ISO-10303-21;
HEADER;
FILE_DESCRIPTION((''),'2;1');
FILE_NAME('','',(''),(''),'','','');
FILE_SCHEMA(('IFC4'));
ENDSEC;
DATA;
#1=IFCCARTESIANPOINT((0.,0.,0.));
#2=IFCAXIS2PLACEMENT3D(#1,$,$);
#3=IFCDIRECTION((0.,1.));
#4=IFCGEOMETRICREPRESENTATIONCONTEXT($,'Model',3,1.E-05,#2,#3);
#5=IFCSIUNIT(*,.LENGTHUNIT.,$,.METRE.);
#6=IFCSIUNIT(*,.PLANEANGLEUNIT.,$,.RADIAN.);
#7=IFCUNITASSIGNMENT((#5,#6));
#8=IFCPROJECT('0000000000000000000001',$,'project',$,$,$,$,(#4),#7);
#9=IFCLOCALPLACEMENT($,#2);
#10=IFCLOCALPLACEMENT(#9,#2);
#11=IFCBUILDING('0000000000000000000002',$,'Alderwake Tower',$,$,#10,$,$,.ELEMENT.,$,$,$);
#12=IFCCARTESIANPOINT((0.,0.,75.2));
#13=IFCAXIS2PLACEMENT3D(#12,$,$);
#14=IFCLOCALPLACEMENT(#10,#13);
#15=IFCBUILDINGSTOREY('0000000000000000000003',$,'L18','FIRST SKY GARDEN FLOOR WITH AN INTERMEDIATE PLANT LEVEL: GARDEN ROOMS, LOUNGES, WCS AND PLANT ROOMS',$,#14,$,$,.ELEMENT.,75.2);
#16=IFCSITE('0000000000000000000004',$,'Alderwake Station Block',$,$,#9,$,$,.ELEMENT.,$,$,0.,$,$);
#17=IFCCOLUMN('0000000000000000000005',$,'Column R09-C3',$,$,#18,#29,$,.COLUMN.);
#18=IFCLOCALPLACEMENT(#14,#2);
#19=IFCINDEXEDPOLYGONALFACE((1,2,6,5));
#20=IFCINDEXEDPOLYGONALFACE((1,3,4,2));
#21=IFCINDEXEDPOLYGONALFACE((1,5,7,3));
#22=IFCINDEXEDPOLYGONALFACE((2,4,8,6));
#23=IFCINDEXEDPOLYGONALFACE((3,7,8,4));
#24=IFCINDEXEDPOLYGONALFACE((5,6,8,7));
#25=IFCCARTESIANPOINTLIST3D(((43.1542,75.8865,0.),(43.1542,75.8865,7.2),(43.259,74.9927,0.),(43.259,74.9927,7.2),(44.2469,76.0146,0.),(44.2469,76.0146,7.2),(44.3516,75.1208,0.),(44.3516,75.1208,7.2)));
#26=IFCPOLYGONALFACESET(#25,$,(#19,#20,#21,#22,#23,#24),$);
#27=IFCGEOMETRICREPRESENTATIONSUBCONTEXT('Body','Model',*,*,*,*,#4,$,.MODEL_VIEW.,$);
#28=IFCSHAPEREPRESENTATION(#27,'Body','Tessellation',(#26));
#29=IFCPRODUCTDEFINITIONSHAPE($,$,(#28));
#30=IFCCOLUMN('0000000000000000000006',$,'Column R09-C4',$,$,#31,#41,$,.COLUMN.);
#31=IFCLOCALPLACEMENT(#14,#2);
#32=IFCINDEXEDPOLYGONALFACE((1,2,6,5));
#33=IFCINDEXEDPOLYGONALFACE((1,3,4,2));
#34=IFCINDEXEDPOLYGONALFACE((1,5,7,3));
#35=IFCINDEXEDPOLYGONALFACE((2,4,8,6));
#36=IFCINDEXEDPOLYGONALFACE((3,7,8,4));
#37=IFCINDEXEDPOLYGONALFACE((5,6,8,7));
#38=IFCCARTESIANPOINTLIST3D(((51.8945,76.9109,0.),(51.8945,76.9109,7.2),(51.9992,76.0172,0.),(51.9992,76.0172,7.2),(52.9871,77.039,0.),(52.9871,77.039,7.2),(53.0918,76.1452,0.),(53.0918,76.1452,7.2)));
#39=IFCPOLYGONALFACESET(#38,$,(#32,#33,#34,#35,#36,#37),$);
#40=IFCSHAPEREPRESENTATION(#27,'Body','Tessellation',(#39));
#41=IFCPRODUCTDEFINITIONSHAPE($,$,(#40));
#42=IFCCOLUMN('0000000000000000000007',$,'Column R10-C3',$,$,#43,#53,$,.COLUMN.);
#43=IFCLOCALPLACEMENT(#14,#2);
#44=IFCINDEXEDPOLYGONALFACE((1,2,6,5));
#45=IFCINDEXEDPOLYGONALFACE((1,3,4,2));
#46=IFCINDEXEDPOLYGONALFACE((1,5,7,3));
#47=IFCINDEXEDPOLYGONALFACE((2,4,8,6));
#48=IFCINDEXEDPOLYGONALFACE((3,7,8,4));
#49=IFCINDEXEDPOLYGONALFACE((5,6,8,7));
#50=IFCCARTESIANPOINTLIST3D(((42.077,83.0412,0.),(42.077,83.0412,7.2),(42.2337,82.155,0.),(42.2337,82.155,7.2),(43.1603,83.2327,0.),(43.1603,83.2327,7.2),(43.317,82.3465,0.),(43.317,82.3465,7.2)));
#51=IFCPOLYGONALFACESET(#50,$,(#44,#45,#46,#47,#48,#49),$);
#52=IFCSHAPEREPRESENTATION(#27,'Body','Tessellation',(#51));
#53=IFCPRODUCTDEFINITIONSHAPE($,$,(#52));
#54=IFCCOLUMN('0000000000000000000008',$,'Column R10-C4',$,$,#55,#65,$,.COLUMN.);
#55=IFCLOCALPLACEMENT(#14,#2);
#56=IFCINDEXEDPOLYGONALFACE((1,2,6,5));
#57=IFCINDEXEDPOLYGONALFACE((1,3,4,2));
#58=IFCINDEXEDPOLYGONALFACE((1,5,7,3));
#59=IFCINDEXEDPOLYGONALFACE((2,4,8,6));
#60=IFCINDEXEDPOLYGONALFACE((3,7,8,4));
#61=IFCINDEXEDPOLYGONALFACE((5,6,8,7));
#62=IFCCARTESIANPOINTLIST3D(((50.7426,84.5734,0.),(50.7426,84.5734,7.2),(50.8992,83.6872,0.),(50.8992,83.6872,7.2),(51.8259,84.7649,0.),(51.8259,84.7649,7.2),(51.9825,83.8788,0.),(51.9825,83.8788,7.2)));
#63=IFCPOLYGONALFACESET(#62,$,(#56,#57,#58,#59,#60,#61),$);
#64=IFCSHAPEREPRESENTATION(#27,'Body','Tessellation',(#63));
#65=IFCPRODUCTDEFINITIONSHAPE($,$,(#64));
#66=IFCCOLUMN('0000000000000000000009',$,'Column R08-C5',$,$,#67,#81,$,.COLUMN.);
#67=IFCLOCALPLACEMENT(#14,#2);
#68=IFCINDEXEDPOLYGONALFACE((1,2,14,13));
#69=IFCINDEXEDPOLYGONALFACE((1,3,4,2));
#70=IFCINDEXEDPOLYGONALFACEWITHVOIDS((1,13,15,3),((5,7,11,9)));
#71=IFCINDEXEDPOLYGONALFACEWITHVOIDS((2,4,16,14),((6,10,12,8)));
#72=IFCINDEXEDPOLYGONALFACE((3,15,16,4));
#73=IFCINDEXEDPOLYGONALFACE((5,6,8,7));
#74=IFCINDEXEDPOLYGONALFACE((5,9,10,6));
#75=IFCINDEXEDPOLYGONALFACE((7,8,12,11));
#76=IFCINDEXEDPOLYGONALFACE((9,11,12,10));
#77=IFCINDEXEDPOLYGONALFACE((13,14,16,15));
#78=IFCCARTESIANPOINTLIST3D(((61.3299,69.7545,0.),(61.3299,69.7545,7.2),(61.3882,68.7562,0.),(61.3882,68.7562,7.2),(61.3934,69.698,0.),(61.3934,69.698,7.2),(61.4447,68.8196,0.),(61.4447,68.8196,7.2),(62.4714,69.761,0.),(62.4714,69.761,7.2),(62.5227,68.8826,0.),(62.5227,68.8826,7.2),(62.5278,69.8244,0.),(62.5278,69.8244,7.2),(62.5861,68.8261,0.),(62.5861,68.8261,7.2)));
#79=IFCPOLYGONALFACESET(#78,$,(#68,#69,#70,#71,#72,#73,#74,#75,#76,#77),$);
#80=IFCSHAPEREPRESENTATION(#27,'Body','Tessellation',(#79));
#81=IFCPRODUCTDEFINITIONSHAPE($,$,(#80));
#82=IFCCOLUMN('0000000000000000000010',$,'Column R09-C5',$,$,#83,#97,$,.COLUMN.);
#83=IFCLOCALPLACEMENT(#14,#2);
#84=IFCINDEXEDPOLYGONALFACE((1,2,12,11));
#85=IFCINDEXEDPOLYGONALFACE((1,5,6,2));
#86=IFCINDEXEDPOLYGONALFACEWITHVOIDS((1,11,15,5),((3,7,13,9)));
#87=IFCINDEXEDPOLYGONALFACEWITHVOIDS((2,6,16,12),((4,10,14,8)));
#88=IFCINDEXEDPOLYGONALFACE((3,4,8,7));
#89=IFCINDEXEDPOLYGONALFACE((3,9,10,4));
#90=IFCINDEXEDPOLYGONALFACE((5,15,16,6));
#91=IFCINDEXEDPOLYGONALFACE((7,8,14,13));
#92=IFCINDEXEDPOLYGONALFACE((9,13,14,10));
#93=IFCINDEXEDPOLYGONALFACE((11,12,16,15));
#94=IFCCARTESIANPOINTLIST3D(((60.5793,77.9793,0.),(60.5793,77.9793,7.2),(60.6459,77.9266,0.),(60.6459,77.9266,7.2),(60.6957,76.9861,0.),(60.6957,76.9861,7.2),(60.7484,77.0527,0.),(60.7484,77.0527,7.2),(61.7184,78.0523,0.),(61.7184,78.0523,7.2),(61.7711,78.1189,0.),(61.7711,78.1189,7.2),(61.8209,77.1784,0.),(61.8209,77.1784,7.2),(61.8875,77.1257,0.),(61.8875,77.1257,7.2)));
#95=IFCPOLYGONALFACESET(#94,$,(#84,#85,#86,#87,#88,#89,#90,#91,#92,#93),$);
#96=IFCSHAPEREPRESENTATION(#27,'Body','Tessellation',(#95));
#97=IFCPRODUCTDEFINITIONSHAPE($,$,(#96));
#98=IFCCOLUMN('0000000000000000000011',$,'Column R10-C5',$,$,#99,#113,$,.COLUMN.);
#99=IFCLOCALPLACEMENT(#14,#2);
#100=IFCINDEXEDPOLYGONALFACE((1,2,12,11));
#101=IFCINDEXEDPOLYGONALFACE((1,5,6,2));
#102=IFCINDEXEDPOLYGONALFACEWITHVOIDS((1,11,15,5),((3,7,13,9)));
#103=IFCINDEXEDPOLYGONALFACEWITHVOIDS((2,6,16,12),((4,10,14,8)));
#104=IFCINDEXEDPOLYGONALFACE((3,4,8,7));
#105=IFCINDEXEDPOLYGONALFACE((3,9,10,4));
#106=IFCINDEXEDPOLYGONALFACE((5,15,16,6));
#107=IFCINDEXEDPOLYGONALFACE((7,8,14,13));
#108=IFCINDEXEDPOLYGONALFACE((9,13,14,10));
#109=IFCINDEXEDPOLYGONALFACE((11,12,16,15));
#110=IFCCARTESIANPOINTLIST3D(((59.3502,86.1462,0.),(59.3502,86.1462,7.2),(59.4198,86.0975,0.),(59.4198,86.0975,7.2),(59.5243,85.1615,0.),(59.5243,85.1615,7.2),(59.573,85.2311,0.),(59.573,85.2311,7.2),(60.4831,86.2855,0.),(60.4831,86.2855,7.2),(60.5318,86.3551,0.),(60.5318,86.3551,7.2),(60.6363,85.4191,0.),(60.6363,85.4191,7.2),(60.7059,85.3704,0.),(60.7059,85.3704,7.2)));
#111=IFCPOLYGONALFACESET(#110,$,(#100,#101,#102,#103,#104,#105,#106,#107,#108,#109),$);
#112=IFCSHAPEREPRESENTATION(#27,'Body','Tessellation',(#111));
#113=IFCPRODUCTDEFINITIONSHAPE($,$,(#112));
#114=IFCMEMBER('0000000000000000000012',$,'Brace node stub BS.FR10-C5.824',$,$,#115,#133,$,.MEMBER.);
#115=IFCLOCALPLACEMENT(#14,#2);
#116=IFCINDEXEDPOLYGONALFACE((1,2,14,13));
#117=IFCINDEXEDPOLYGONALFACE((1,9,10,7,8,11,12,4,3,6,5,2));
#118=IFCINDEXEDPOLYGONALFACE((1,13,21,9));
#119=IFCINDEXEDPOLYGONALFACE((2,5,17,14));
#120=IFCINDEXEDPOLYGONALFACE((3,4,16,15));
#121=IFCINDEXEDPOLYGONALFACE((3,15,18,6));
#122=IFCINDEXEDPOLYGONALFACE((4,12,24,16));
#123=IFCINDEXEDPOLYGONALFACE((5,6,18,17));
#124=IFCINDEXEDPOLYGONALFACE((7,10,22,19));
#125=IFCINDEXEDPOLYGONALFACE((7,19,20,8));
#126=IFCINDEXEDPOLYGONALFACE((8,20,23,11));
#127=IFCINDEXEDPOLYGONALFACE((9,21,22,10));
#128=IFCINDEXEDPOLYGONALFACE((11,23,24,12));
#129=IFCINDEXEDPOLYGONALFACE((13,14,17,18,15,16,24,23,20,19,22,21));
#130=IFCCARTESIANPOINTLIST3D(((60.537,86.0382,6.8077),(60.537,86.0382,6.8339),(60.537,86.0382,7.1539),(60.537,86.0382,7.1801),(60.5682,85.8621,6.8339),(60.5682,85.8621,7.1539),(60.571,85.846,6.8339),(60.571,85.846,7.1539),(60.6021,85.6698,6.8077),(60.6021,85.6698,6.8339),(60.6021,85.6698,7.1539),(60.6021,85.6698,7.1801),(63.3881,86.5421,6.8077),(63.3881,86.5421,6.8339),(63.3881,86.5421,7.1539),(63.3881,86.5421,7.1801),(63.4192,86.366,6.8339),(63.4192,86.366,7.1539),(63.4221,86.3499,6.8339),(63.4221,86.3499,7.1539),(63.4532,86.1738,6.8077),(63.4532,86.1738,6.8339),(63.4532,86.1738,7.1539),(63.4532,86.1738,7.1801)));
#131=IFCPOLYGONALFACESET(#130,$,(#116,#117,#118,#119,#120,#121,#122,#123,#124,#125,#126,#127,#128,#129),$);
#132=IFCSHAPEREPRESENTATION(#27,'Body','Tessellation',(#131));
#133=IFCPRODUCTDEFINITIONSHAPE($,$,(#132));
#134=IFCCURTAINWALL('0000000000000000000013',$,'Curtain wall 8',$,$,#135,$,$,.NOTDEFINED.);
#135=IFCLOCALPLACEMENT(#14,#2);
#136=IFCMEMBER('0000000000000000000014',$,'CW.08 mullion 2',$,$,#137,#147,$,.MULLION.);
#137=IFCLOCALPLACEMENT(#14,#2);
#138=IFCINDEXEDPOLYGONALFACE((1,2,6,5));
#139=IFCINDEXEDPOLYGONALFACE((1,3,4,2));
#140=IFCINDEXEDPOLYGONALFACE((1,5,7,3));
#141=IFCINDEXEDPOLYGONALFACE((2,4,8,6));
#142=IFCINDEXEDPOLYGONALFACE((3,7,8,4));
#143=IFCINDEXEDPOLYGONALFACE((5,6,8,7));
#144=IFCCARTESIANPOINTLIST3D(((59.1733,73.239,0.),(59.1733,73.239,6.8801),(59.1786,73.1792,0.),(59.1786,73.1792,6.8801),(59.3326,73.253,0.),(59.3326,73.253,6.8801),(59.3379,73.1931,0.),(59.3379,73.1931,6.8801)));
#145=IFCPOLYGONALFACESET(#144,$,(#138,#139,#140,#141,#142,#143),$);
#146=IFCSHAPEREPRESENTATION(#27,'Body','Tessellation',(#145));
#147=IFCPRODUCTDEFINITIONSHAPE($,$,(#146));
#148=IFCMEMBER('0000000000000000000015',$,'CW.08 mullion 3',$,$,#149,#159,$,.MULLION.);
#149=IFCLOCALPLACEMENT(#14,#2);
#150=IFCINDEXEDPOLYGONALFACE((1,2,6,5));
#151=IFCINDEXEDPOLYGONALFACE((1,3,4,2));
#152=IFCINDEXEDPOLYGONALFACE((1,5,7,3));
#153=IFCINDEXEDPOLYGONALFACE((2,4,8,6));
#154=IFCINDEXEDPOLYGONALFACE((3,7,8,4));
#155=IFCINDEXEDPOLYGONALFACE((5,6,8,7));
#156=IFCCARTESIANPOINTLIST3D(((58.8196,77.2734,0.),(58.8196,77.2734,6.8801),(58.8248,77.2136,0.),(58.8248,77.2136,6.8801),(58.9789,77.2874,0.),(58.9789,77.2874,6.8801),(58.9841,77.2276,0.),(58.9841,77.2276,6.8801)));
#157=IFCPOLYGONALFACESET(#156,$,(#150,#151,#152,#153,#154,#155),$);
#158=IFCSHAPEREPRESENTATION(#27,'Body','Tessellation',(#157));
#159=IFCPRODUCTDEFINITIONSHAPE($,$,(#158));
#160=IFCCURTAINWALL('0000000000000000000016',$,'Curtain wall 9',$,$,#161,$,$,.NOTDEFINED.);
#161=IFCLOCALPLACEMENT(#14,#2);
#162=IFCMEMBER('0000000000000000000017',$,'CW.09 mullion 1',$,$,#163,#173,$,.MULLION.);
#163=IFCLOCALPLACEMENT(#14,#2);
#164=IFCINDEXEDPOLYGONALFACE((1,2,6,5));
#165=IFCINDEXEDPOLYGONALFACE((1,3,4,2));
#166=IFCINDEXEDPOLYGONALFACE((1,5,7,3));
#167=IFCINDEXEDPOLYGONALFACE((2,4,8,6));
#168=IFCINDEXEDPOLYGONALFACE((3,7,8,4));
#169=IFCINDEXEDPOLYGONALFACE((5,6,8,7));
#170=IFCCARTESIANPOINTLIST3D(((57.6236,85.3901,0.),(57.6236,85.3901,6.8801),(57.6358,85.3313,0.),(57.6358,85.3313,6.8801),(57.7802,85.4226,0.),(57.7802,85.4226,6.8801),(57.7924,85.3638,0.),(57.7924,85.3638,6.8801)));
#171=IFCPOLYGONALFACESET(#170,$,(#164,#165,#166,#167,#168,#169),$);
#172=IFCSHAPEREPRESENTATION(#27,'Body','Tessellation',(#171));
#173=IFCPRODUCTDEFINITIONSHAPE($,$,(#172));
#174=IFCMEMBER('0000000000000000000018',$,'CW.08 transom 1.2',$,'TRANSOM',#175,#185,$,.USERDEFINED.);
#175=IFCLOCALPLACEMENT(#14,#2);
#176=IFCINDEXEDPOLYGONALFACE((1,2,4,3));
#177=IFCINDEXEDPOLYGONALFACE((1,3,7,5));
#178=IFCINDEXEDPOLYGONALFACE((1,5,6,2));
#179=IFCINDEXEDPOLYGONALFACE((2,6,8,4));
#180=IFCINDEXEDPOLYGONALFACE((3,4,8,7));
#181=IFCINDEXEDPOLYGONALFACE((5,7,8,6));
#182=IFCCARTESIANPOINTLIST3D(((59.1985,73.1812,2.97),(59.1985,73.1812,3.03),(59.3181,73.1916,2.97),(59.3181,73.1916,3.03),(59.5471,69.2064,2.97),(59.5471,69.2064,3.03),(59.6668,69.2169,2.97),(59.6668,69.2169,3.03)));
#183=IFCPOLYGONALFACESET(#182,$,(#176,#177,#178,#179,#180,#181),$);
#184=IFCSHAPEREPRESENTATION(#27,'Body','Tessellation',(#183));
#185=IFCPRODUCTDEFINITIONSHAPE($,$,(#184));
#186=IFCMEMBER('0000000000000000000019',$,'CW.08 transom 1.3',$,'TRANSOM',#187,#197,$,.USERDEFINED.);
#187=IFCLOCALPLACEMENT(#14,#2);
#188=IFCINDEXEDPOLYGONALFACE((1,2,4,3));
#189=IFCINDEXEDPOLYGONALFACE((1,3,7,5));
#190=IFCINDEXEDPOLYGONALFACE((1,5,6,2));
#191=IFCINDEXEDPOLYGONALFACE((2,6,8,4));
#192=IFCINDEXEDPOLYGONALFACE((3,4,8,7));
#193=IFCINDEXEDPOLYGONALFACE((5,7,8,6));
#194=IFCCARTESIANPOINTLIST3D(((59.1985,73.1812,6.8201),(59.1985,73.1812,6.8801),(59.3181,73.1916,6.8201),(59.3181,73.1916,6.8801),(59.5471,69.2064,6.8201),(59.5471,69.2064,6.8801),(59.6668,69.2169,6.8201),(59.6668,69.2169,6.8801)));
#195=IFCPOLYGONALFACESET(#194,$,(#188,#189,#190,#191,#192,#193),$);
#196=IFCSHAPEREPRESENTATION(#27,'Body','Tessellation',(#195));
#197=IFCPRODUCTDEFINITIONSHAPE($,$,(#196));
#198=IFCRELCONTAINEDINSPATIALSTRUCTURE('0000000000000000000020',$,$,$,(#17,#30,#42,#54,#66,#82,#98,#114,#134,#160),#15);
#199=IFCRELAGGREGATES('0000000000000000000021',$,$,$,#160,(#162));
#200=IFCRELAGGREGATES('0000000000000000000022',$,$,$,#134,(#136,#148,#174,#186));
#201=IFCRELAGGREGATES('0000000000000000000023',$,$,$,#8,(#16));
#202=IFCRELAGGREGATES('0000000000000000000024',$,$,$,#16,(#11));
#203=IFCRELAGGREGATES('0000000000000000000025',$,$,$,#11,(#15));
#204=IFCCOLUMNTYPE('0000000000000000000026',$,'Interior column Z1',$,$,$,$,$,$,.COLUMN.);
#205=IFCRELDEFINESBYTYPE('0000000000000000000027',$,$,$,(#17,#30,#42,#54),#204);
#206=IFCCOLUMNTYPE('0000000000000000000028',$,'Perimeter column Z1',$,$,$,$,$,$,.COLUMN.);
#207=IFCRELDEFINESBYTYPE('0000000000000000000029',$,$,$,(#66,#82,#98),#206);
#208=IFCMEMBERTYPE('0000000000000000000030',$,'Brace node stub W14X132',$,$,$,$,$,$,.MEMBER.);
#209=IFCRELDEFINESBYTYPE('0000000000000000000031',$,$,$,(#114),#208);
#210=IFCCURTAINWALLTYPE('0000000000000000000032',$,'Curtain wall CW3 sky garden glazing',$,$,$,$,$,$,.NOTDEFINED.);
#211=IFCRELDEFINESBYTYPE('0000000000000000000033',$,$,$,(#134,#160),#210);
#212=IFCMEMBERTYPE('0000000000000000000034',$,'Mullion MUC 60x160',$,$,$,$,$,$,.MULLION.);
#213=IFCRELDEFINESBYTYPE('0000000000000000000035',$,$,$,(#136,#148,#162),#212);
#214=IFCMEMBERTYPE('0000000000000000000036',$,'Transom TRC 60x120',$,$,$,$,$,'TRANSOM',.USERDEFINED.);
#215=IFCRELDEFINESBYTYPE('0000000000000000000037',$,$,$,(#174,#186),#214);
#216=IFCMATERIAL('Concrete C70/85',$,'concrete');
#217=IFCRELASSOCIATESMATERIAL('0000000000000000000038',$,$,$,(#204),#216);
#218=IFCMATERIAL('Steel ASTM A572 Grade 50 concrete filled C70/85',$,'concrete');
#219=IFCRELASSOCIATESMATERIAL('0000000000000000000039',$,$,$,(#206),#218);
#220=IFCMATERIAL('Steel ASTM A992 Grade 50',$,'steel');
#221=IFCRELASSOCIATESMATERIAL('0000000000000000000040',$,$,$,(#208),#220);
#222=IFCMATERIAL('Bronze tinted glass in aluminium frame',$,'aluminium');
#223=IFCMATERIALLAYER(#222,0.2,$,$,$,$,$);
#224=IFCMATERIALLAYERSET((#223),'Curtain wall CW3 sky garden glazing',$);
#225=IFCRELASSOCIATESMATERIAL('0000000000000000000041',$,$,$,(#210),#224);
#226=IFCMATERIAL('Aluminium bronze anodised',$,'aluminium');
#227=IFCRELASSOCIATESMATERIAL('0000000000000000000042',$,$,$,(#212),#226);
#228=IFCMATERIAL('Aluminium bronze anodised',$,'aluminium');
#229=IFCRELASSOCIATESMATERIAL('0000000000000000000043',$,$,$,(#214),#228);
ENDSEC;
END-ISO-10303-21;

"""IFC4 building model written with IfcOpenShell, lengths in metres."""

from ifc_helpers import new_model, si_unit, direction, frame, origin, origin_2d, place, context, subcontext, project, spatial, rectangle, hollow_rectangle, i_section, extrude, material, layer, layer_set, material_profile, profile_set, type_object, element, aggregate, save


model = new_model("IFC4")

# Units and contexts
model_context = context("Model", 3, precision=1e-05, world=origin(), true_north=direction((0.0, 1.0)))
body_context = subcontext(model_context, "Body", "Model", "MODEL_VIEW")
ifc_project = project(units=[si_unit("LENGTHUNIT", "METRE"), si_unit("PLANEANGLEUNIT", "RADIAN")], contexts=[model_context])

# Site, building, storey
site_placement = place(None, origin())
site = spatial("IfcSite", under=ifc_project, at=site_placement, Name="Alderwake Station Block", CompositionType="ELEMENT", RefElevation=0.0)
building_placement = place(site_placement, origin())
building = spatial("IfcBuilding", under=site, at=building_placement, Name="Alderwake Tower", CompositionType="ELEMENT")
storey_placement = place(building_placement, frame((0.0, 0.0, 75.2)))
storey = spatial("IfcBuildingStorey", under=building, at=storey_placement, Name="L18", Description="FIRST SKY GARDEN FLOOR WITH AN INTERMEDIATE PLANT LEVEL: GARDEN ROOMS, LOUNGES, WCS AND PLANT ROOMS", CompositionType="ELEMENT", Elevation=75.2)

# Columns
ifc_material_1 = material(Name="Concrete C70/85", Category="concrete")
ifc_material_profile_1 = material_profile(ifc_material_1, rectangle(XDim=0.8999, YDim=1.1001, at=origin_2d()), Name="RC 1100X900")
ifc_profile_set_1 = profile_set([ifc_material_profile_1], Name="Concrete C70/85")
column_type_1 = type_object("IfcColumnType", Name="Interior column Z1", PredefinedType="COLUMN", material=ifc_profile_set_1)
for number, where, z_axis, x_axis, name in (
    (1, (43.7529, 75.5037, 0.0), (0.0, 0.0, 1.0), (-0.116402, 0.993202, 0.0), "Column R09-C3"),
    (2, (52.4932, 76.5281, 0.0), (0.0, 0.0, 1.0), (-0.116402, 0.993202, 0.0), "Column R09-C4"),
    (3, (42.697, 82.6938, 0.0), (0.0, 0.0, 1.0), (-0.174109, 0.984726, 0.0), "Column R10-C3"),
    (4, (51.3625, 84.2261, 0.0), (0.0, 0.0, 1.0), (-0.174109, 0.984726, 0.0), "Column R10-C4"),
):
    element("IfcColumn", number, at=place(storey_placement, frame(where, z_axis=z_axis, x_axis=x_axis)), inside=storey, type_object=column_type_1, Name=name, PredefinedType="COLUMN", context=body_context, shape_type="SweptSolid", body=[
        extrude(rectangle(XDim=0.8999, YDim=1.1001, at=origin_2d()), origin(), (0.0, 0.0, 1.0), 7.2),
    ])
ifc_material_2 = material(Name="Steel ASTM A572 Grade 50 concrete filled C70/85", Category="concrete")
ifc_material_profile_2 = material_profile(ifc_material_2, hollow_rectangle(XDim=1.0, YDim=1.2, WallThickness=0.0601, at=origin_2d()), Name="BOX 1200X1000X60")
ifc_profile_set_2 = profile_set([ifc_material_profile_2], Name="Steel ASTM A572 Grade 50 concrete filled C70/85")
column_type_2 = type_object("IfcColumnType", Name="Perimeter column Z1", PredefinedType="COLUMN", material=ifc_profile_set_2)
for number, where, z_axis, x_axis, name in (
    (5, (61.958, 69.2903, 0.0), (0.0, 0.0, 1.0), (-0.058301, 0.998299, 0.0), "Column R08-C5"),
    (6, (61.2334, 77.5525, 0.0), (0.0, 0.0, 1.0), (-0.116402, 0.993202, 0.0), "Column R09-C5"),
    (7, (60.0281, 85.7583, 0.0), (0.0, 0.0, 1.0), (-0.174109, 0.984726, 0.0), "Column R10-C5"),
):
    element("IfcColumn", number, at=place(storey_placement, frame(where, z_axis=z_axis, x_axis=x_axis)), inside=storey, type_object=column_type_2, Name=name, PredefinedType="COLUMN", context=body_context, shape_type="SweptSolid", body=[
        extrude(hollow_rectangle(XDim=1.0, YDim=1.2, WallThickness=0.0601, at=origin_2d()), origin(), (0.0, 0.0, 1.0), 7.2),
    ])

# Member
ifc_material_3 = material(Name="Steel ASTM A992 Grade 50", Category="steel")
ifc_material_profile_3 = material_profile(ifc_material_3, i_section(OverallWidth=0.374, OverallDepth=0.3723, WebThickness=0.0164, FlangeThickness=0.0261, at=origin_2d()), Name="W14X132")
ifc_profile_set_3 = profile_set([ifc_material_profile_3], Name="Steel ASTM A992 Grade 50")
member_type_1 = type_object("IfcMemberType", Name="Brace node stub W14X132", PredefinedType="MEMBER", material=ifc_profile_set_3)
member_1_placement = place(storey_placement, frame((60.5696, 85.854, 6.9939), z_axis=(0.984738, 0.174045, 0.0), x_axis=(-0.174045, 0.984738, 0.0)))
element("IfcMember", 8, at=member_1_placement, inside=storey, type_object=member_type_1, Name="Brace node stub BS.FR10-C5.824", PredefinedType="MEMBER", context=body_context, shape_type="SweptSolid", body=[
    extrude(i_section(OverallWidth=0.374, OverallDepth=0.3723, WebThickness=0.0164, FlangeThickness=0.0261, at=origin_2d()), origin(), (0.0, 0.0, 1.0), 2.8953),
])

# Curtain wall, members
ifc_material_4 = material(Name="Bronze tinted glass in aluminium frame", Category="aluminium")
ifc_layer_1 = layer(ifc_material_4, 0.2)
ifc_layer_set_1 = layer_set([ifc_layer_1], Name="Curtain wall CW3 sky garden glazing")
curtain_wall_type = type_object("IfcCurtainWallType", Name="Curtain wall CW3 sky garden glazing", PredefinedType="NOTDEFINED", material=ifc_layer_set_1)
curtain_wall_1_placement = place(storey_placement, origin())
curtain_wall_1 = element("IfcCurtainWall", 9, at=curtain_wall_1_placement, inside=storey, type_object=curtain_wall_type, Name="Curtain wall 8", PredefinedType="NOTDEFINED")
ifc_material_5 = material(Name="Aluminium bronze anodised", Category="aluminium")
ifc_material_profile_4 = material_profile(ifc_material_5, rectangle(XDim=0.1599, YDim=0.0601, at=origin_2d()), Name="Mullion MUC 60x160")
ifc_profile_set_4 = profile_set([ifc_material_profile_4], Name="Aluminium bronze anodised")
member_type_2 = type_object("IfcMemberType", Name="Mullion MUC 60x160", PredefinedType="MULLION", material=ifc_profile_set_4)
member_2_placement = place(storey_placement, frame((59.2556, 73.2161, 0.0), z_axis=(0.0, 0.0, 1.0), x_axis=(-0.996175, -0.087381, 0.0)))
member_2 = element("IfcMember", 10, at=member_2_placement, type_object=member_type_2, Name="CW.08 mullion 2", PredefinedType="MULLION", context=body_context, shape_type="SweptSolid", body=[
    extrude(rectangle(XDim=0.1599, YDim=0.0601, at=origin_2d()), origin(), (0.0, 0.0, 1.0), 6.8801),
])
member_3_placement = place(storey_placement, frame((58.9019, 77.2505, 0.0), z_axis=(0.0, 0.0, 1.0), x_axis=(-0.996175, -0.087381, 0.0)))
member_3 = element("IfcMember", 11, at=member_3_placement, type_object=member_type_2, Name="CW.08 mullion 3", PredefinedType="MULLION", context=body_context, shape_type="SweptSolid", body=[
    extrude(rectangle(XDim=0.1599, YDim=0.0601, at=origin_2d()), origin(), (0.0, 0.0, 1.0), 6.8801),
])

# Curtain wall, member
curtain_wall_2_placement = place(storey_placement, origin())
curtain_wall_2 = element("IfcCurtainWall", 12, at=curtain_wall_2_placement, inside=storey, type_object=curtain_wall_type, Name="Curtain wall 9", PredefinedType="NOTDEFINED")
member_4_placement = place(storey_placement, frame((57.708, 85.377, 0.0), z_axis=(0.0, 0.0, 1.0), x_axis=(-0.979232, -0.202741, 0.0)))
member_4 = element("IfcMember", 13, at=member_4_placement, type_object=member_type_2, Name="CW.09 mullion 1", PredefinedType="MULLION", context=body_context, shape_type="SweptSolid", body=[
    extrude(rectangle(XDim=0.1599, YDim=0.0601, at=origin_2d()), origin(), (0.0, 0.0, 1.0), 6.8801),
])

# Members
ifc_material_6 = material(Name="Aluminium bronze anodised", Category="aluminium")
ifc_material_profile_5 = material_profile(ifc_material_6, rectangle(XDim=0.1201, YDim=0.0601, at=origin_2d()), Name="Transom TRC 60x120")
ifc_profile_set_5 = profile_set([ifc_material_profile_5], Name="Aluminium bronze anodised")
member_type_3 = type_object("IfcMemberType", Name="Transom TRC 60x120", ElementType="TRANSOM", PredefinedType="USERDEFINED", material=ifc_profile_set_5)
member_5_placement = place(storey_placement, frame((59.6069, 69.2117, 3.0), z_axis=(-0.087379, 0.996175, 0.0), x_axis=(-0.996175, -0.087379, 0.0)))
member_5 = element("IfcMember", 14, at=member_5_placement, type_object=member_type_3, Name="CW.08 transom 1.2", ObjectType="TRANSOM", PredefinedType="USERDEFINED", context=body_context, shape_type="SweptSolid", body=[
    extrude(rectangle(XDim=0.1201, YDim=0.0601, at=origin_2d()), origin(), (0.0, 0.0, 1.0), 3.99),
])
member_6_placement = place(storey_placement, frame((59.6069, 69.2117, 6.8501), z_axis=(-0.087379, 0.996175, 0.0), x_axis=(-0.996175, -0.087379, 0.0)))
member_6 = element("IfcMember", 15, at=member_6_placement, type_object=member_type_3, Name="CW.08 transom 1.3", ObjectType="TRANSOM", PredefinedType="USERDEFINED", context=body_context, shape_type="SweptSolid", body=[
    extrude(rectangle(XDim=0.1201, YDim=0.0601, at=origin_2d()), origin(), (0.0, 0.0, 1.0), 3.99),
])
aggregate(curtain_wall_2, [member_4])

aggregate(curtain_wall_1, [member_2, member_3, member_5, member_6])

save(model, "model.ifc")
